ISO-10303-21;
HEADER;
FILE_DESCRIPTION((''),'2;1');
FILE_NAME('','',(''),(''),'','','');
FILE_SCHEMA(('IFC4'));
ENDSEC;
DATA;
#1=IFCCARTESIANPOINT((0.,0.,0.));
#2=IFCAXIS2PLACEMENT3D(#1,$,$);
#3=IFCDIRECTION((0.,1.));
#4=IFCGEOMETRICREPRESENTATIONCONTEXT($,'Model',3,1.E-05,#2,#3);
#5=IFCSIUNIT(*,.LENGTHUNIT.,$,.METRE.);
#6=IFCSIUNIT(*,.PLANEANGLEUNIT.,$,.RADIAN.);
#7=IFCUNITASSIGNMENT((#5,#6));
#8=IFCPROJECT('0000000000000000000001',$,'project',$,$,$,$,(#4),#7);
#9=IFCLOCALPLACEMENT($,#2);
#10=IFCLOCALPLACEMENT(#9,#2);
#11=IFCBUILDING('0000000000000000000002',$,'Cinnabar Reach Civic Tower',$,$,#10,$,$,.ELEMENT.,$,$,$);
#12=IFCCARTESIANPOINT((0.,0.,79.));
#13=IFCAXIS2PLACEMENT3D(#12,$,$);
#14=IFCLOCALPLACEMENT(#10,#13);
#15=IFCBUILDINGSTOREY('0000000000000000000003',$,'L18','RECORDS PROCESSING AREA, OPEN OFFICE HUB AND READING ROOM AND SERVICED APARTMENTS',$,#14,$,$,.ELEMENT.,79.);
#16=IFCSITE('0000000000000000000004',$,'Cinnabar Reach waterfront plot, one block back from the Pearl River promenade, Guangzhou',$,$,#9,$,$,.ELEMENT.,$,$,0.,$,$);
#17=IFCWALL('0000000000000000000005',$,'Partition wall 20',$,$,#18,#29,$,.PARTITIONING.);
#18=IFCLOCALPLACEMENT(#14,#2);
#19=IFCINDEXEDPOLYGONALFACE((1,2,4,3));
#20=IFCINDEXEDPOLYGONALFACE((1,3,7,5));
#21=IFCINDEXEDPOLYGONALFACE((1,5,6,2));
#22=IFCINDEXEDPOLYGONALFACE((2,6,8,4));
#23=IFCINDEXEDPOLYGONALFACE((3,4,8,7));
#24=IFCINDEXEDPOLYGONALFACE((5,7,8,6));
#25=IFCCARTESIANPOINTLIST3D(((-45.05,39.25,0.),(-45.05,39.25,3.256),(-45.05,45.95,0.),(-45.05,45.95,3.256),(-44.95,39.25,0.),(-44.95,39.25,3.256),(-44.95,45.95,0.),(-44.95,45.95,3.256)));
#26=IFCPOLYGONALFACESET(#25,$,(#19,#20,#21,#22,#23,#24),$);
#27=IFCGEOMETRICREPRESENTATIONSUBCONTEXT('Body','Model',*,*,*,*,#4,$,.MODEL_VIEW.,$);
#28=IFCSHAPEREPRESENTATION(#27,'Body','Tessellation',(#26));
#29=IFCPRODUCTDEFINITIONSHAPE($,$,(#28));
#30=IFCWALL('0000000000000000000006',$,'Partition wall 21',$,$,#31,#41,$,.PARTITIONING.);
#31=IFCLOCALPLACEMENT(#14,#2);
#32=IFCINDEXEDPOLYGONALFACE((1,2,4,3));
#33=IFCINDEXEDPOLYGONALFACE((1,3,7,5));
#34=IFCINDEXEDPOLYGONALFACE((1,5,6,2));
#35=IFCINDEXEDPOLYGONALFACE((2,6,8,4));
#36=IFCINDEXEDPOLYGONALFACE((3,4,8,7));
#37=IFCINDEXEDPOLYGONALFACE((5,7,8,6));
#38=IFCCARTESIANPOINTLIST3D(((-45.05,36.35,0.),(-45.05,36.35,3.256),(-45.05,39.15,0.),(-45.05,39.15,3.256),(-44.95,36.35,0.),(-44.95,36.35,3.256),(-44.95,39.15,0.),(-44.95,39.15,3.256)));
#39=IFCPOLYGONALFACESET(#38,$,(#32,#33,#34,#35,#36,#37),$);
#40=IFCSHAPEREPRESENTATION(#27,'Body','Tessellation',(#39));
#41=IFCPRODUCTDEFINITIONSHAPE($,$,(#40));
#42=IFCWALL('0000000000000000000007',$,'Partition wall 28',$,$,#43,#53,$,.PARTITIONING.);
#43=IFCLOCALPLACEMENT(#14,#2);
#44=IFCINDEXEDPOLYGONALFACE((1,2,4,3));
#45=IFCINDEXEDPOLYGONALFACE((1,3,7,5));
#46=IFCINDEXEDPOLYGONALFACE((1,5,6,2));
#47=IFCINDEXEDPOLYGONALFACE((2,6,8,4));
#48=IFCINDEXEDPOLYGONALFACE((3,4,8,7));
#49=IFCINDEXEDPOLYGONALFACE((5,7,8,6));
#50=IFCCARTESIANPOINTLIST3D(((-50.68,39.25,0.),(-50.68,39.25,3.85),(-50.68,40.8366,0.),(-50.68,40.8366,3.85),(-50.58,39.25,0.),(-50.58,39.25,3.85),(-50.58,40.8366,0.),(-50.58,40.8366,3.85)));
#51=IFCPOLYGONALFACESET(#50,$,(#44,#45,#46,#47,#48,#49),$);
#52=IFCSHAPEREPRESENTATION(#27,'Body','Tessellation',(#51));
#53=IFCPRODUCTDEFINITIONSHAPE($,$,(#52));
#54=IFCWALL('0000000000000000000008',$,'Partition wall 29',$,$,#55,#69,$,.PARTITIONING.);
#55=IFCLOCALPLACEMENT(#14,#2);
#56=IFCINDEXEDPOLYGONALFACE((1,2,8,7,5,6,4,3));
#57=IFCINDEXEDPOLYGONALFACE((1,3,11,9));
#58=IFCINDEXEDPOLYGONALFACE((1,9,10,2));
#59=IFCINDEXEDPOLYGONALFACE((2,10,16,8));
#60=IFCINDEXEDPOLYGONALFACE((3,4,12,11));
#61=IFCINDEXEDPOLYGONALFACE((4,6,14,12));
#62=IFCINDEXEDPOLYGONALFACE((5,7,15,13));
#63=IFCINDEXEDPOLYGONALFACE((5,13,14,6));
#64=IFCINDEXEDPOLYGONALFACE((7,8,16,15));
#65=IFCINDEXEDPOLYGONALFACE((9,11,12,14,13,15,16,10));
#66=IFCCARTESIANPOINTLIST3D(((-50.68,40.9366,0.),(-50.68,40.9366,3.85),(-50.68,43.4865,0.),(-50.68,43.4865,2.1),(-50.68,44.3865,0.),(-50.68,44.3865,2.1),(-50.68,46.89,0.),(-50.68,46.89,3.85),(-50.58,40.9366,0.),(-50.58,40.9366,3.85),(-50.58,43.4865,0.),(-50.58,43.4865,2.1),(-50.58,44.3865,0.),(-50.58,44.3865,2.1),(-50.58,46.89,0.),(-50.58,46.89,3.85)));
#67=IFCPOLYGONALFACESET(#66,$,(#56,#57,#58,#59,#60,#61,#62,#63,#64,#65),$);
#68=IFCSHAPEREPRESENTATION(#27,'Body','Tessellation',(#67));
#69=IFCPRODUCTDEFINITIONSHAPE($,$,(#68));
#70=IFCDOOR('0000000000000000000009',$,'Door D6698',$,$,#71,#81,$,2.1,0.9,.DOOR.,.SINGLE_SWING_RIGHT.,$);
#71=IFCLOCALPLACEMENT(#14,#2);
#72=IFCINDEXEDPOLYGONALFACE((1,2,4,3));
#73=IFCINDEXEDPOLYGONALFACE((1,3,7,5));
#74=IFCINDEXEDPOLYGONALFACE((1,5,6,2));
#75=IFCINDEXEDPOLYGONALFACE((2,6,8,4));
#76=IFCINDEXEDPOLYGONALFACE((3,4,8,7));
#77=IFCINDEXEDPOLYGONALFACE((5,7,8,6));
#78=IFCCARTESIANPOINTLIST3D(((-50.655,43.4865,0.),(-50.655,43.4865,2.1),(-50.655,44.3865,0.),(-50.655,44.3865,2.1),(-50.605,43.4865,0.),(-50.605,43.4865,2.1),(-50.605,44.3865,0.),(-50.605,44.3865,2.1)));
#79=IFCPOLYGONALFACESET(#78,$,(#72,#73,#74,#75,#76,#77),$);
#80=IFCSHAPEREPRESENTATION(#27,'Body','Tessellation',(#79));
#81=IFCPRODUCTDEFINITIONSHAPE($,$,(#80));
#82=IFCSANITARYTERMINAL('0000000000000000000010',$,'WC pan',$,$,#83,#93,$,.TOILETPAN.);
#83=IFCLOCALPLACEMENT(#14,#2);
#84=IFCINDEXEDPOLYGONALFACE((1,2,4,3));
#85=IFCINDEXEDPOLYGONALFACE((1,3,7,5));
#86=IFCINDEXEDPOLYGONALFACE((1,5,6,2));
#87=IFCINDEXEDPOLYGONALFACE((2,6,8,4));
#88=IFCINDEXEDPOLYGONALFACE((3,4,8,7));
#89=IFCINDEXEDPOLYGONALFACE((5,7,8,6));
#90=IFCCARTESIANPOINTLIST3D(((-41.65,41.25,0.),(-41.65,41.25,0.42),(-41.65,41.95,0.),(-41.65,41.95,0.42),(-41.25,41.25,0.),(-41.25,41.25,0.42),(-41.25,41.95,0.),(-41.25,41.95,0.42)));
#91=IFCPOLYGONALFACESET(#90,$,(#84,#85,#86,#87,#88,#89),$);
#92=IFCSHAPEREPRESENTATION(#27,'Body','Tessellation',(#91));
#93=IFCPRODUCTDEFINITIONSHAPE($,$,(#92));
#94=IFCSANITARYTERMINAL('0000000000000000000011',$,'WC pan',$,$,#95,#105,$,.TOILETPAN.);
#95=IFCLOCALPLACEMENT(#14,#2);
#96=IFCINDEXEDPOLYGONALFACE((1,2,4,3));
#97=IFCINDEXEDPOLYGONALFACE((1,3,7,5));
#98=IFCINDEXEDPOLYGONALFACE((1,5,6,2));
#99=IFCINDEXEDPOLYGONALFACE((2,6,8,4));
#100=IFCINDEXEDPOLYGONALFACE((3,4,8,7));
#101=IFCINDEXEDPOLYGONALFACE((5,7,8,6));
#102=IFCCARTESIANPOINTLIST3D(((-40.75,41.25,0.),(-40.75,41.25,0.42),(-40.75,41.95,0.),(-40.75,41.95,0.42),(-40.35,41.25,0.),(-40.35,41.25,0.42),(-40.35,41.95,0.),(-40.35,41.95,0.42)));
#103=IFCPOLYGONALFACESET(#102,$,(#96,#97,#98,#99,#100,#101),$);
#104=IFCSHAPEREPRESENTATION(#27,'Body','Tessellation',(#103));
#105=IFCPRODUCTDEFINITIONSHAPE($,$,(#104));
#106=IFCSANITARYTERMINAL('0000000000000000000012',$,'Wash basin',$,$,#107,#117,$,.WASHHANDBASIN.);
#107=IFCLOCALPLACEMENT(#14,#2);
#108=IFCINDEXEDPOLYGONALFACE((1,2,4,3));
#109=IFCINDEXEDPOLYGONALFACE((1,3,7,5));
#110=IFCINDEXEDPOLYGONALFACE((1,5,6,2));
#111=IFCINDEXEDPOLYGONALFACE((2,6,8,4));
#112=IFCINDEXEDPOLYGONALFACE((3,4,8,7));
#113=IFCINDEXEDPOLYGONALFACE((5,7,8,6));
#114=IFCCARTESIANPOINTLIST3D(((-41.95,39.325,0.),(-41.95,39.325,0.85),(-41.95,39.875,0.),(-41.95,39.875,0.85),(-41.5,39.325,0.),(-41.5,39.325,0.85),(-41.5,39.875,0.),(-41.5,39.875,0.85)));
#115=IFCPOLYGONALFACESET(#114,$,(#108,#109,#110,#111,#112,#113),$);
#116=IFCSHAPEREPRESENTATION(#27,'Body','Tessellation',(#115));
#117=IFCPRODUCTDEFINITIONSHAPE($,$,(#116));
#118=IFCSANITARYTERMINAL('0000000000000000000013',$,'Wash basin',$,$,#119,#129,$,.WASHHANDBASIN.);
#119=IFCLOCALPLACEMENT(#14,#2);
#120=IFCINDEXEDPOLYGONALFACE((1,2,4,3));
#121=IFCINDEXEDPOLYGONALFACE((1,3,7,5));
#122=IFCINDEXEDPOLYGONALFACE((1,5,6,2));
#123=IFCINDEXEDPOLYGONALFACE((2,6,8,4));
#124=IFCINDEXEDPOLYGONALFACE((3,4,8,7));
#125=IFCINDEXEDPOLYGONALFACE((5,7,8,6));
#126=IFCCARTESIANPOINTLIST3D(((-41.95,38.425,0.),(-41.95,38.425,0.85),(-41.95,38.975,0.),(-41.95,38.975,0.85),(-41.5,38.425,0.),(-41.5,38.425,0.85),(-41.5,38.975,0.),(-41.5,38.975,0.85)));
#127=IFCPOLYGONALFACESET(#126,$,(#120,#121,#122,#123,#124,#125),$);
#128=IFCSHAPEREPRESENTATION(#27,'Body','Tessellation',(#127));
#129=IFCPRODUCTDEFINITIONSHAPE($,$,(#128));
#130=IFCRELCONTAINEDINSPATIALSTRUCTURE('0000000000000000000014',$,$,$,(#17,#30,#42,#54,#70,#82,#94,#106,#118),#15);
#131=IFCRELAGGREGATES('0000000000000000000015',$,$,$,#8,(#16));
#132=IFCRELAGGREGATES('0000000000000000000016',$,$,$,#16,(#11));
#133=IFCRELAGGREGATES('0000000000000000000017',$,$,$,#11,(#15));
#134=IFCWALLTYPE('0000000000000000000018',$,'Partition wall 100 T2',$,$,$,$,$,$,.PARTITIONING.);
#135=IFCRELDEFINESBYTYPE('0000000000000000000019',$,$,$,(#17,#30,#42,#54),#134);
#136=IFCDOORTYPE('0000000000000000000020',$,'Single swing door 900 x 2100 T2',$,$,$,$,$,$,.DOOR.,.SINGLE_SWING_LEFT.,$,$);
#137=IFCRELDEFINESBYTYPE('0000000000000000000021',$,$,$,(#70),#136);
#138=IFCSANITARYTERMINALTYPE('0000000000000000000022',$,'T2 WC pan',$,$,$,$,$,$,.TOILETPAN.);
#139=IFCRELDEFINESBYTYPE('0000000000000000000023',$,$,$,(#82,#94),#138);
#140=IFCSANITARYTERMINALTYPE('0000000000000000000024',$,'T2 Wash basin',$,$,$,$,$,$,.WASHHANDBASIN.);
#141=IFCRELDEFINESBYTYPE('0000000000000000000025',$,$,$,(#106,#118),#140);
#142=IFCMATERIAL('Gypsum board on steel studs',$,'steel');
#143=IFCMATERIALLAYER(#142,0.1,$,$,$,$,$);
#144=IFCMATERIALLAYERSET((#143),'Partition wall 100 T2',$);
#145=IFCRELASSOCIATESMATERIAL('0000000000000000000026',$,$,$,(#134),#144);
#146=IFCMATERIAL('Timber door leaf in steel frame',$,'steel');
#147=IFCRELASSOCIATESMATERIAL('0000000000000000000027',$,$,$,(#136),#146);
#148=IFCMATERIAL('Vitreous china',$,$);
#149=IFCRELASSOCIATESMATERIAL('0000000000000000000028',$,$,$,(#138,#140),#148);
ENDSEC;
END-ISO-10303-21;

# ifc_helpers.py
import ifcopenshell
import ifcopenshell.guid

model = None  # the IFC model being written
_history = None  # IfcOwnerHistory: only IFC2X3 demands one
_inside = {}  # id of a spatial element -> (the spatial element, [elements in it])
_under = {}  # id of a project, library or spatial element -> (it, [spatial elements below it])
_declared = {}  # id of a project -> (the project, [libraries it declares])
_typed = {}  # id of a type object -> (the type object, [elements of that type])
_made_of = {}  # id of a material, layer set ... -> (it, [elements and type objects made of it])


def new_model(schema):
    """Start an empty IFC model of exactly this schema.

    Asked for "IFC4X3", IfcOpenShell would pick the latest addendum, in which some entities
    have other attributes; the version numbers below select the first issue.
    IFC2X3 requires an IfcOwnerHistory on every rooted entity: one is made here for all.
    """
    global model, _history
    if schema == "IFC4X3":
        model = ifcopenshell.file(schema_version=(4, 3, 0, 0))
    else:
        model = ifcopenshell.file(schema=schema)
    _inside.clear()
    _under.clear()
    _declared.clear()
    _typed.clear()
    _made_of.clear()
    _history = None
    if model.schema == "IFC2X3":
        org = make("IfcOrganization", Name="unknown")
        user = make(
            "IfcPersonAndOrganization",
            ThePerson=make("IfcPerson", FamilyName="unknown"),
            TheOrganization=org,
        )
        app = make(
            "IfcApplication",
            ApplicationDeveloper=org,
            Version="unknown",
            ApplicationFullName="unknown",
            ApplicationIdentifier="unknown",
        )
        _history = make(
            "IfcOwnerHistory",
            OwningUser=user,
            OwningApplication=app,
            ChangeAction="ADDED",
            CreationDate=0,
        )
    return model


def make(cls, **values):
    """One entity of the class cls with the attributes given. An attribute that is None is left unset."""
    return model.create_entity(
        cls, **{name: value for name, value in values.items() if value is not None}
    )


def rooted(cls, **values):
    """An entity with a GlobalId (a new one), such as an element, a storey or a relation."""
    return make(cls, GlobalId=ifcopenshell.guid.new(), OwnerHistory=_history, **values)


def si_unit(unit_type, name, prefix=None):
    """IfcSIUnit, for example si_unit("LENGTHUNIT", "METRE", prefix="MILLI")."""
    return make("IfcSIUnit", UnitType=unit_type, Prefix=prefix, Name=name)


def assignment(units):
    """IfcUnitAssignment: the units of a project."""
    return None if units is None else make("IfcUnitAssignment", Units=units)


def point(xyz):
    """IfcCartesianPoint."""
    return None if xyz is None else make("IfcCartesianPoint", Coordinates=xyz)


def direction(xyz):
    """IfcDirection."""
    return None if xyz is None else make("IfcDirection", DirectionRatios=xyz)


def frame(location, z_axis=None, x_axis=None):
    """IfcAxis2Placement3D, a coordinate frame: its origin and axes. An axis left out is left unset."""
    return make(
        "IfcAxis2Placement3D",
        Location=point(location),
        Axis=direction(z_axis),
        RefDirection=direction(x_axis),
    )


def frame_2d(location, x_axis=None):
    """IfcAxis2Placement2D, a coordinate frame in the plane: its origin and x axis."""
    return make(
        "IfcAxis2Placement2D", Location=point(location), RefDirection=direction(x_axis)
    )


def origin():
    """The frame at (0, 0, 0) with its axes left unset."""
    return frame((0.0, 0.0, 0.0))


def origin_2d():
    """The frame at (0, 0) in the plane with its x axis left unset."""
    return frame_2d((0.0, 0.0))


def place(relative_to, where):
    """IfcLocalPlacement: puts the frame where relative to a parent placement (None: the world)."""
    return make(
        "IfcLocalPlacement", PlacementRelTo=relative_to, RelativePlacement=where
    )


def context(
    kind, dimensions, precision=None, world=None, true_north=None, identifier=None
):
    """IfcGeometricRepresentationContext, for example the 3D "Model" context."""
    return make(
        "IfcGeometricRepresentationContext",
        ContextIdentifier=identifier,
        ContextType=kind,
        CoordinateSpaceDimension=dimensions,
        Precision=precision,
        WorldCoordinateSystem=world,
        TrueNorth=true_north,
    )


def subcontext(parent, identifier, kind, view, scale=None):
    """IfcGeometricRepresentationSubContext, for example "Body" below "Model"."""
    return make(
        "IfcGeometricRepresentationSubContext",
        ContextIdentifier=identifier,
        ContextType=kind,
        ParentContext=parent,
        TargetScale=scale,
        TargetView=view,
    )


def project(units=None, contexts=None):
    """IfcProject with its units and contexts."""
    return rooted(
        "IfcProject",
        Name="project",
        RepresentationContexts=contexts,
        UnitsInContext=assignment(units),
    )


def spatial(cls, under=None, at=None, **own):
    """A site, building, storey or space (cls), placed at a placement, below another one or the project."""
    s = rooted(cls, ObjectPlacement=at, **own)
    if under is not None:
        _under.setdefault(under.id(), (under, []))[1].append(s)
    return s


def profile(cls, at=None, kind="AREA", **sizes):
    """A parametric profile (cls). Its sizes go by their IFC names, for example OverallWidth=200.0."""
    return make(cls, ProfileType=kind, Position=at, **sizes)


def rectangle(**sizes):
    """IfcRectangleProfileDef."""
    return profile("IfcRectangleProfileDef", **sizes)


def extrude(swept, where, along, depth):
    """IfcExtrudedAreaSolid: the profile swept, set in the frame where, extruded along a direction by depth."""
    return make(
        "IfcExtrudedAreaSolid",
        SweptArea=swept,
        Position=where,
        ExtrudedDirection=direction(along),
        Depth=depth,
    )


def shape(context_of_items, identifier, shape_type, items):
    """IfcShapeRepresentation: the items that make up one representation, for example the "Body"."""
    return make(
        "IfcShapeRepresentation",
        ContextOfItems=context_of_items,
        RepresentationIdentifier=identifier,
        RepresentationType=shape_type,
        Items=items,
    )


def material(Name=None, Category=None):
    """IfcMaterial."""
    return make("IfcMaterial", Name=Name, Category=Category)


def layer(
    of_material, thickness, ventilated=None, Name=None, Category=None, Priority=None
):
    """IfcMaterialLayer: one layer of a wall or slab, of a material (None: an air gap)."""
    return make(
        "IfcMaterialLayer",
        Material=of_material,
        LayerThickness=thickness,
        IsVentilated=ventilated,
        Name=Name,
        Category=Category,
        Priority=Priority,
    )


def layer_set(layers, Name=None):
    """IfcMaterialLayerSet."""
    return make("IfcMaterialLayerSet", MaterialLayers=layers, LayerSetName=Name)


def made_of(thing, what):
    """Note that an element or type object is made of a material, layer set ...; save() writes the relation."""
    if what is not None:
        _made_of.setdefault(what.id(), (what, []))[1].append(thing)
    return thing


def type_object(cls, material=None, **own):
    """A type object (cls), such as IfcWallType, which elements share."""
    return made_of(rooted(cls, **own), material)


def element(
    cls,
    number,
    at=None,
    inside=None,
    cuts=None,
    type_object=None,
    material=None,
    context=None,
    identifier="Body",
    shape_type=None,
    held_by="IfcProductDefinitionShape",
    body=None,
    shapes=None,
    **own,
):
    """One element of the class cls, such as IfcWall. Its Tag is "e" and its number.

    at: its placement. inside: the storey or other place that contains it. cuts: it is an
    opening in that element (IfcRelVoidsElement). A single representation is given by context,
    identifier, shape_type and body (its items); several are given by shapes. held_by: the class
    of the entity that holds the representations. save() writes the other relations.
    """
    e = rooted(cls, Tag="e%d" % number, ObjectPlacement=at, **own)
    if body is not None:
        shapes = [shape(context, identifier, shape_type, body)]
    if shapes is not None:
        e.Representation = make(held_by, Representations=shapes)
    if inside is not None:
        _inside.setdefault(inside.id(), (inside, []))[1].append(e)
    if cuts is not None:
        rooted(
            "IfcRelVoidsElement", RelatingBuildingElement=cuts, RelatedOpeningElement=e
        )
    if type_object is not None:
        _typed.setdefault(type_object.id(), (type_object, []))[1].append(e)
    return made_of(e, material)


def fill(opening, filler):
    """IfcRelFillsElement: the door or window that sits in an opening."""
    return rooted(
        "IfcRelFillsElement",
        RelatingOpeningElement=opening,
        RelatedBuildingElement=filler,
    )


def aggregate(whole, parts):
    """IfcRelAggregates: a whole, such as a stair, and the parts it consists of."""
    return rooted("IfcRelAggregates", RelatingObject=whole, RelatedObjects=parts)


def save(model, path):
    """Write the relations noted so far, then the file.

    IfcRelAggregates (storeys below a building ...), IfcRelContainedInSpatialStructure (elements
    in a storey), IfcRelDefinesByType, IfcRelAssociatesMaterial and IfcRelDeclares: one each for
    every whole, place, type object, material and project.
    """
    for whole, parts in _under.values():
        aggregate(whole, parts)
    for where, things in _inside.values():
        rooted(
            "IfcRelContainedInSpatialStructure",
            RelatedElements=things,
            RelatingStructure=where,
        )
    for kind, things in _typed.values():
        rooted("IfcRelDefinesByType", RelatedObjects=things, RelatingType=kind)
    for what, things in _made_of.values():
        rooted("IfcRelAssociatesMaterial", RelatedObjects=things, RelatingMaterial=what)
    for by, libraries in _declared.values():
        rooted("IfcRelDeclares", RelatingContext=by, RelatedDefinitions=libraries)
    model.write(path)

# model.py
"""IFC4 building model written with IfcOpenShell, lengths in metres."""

from ifc_helpers import new_model, si_unit, direction, frame, frame_2d, origin, origin_2d, place, context, subcontext, project, spatial, rectangle, extrude, material, layer, layer_set, type_object, element, fill, save


model = new_model("IFC4")

# Units and contexts
model_context = context("Model", 3, precision=1e-05, world=origin(), true_north=direction((0.0, 1.0)))
body_context = subcontext(model_context, "Body", "Model", "MODEL_VIEW")
ifc_project = project(units=[si_unit("LENGTHUNIT", "METRE"), si_unit("PLANEANGLEUNIT", "RADIAN")], contexts=[model_context])

# Site, building, storey
site_placement = place(None, origin())
site = spatial("IfcSite", under=ifc_project, at=site_placement, Name="Cinnabar Reach waterfront plot, one block back from the Pearl River promenade, Guangzhou", CompositionType="ELEMENT", RefElevation=0.0)
building_placement = place(site_placement, origin())
building = spatial("IfcBuilding", under=site, at=building_placement, Name="Cinnabar Reach Civic Tower", CompositionType="ELEMENT")
storey_placement = place(building_placement, frame((0.0, 0.0, 79.0)))
storey = spatial("IfcBuildingStorey", under=building, at=storey_placement, Name="L18", Description="RECORDS PROCESSING AREA, OPEN OFFICE HUB AND READING ROOM AND SERVICED APARTMENTS", CompositionType="ELEMENT", Elevation=79.0)

# Walls
ifc_material_1 = material(Name="Gypsum board on steel studs", Category="steel")
ifc_layer_1 = layer(ifc_material_1, 0.1)
ifc_layer_set_1 = layer_set([ifc_layer_1], Name="Partition wall 100 T2")
wall_type_1 = type_object("IfcWallType", Name="Partition wall 100 T2", PredefinedType="PARTITIONING", material=ifc_layer_set_1)
wall_1_placement = place(storey_placement, frame((-45.0, 39.25, 0.0), z_axis=(0.0, 0.0, 1.0), x_axis=(0.0, 1.0, 0.0)))
element("IfcWall", 1, at=wall_1_placement, inside=storey, type_object=wall_type_1, Name="Partition wall 20", PredefinedType="PARTITIONING", context=body_context, shape_type="SweptSolid", body=[
    extrude(rectangle(XDim=6.7, YDim=0.1, at=frame_2d((3.35, 0.0))), origin(), (0.0, 0.0, 1.0), 3.256),
])
wall_2_placement = place(storey_placement, frame((-45.0, 36.35, 0.0), z_axis=(0.0, 0.0, 1.0), x_axis=(0.0, 1.0, 0.0)))
element("IfcWall", 2, at=wall_2_placement, inside=storey, type_object=wall_type_1, Name="Partition wall 21", PredefinedType="PARTITIONING", context=body_context, shape_type="SweptSolid", body=[
    extrude(rectangle(XDim=2.8, YDim=0.1, at=frame_2d((1.4, 0.0))), origin(), (0.0, 0.0, 1.0), 3.256),
])
wall_3_placement = place(storey_placement, frame((-50.63, 39.25, 0.0), z_axis=(0.0, 0.0, 1.0), x_axis=(0.0, 1.0, 0.0)))
element("IfcWall", 3, at=wall_3_placement, inside=storey, type_object=wall_type_1, Name="Partition wall 28", PredefinedType="PARTITIONING", context=body_context, shape_type="SweptSolid", body=[
    extrude(rectangle(XDim=1.5865, YDim=0.1, at=frame_2d((0.7933, 0.0))), origin(), (0.0, 0.0, 1.0), 3.85),
])

# Wall, opening, door
wall_4_placement = place(storey_placement, frame((-50.63, 40.9365, 0.0), z_axis=(0.0, 0.0, 1.0), x_axis=(0.0, 1.0, 0.0)))
wall_4 = element("IfcWall", 4, at=wall_4_placement, inside=storey, type_object=wall_type_1, Name="Partition wall 29", PredefinedType="PARTITIONING", context=body_context, shape_type="SweptSolid", body=[
    extrude(rectangle(XDim=5.9535, YDim=0.1, at=frame_2d((2.9768, 0.0))), origin(), (0.0, 0.0, 1.0), 3.85),
])
opening_1_placement = place(wall_4_placement, frame((2.55, 0.0, 0.0)))
opening_1 = element("IfcOpeningElement", 5, at=opening_1_placement, cuts=wall_4, PredefinedType="OPENING", context=body_context, shape_type="SweptSolid", body=[
    extrude(rectangle(XDim=0.9, YDim=2.1, at=frame_2d((0.45, 1.05))), frame((0.0, 0.06, 0.0), z_axis=(0.0, -1.0, 0.0), x_axis=(1.0, 0.0, 0.0)), (0.0, 0.0, 1.0), 0.12),
])
ifc_material_2 = material(Name="Timber door leaf in steel frame", Category="steel")
door_type_1 = type_object("IfcDoorType", Name="Single swing door 900 x 2100 T2", OperationType="SINGLE_SWING_LEFT", PredefinedType="DOOR", material=ifc_material_2)
door_1_placement = place(opening_1_placement, frame((0.9, 0.0, 0.0), z_axis=(0.0, 0.0, 1.0), x_axis=(-1.0, 0.0, 0.0)))
door_1 = element("IfcDoor", 6, at=door_1_placement, inside=storey, type_object=door_type_1, Name="Door D6698", OperationType="SINGLE_SWING_RIGHT", OverallHeight=2.1, OverallWidth=0.9, PredefinedType="DOOR", context=body_context, shape_type="SweptSolid", body=[
    extrude(rectangle(XDim=0.9, YDim=2.1, at=frame_2d((0.45, 1.05))), frame((0.0, 0.025, 0.0), z_axis=(0.0, -1.0, 0.0), x_axis=(1.0, 0.0, 0.0)), (0.0, 0.0, 1.0), 0.05),
])
fill(opening_1, door_1)

# Sanitary terminals
ifc_material_3 = material(Name="Vitreous china")
sanitary_terminal_type_1 = type_object("IfcSanitaryTerminalType", Name="T2 WC pan", PredefinedType="TOILETPAN", material=ifc_material_3)
for number, where, z_axis, x_axis, name in (
    (7, (-41.45, 41.6, 0.0), (0.0, 0.0, 1.0), (1.0, 0.0, 0.0), "WC pan"),
    (8, (-40.55, 41.6, 0.0), (0.0, 0.0, 1.0), (1.0, 0.0, 0.0), "WC pan"),
):
    element("IfcSanitaryTerminal", number, at=place(storey_placement, frame(where, z_axis=z_axis, x_axis=x_axis)), inside=storey, type_object=sanitary_terminal_type_1, Name=name, PredefinedType="TOILETPAN", context=body_context, shape_type="SweptSolid", body=[
        extrude(rectangle(XDim=0.4, YDim=0.7, at=origin_2d()), origin(), (0.0, 0.0, 1.0), 0.42),
    ])
sanitary_terminal_type_2 = type_object("IfcSanitaryTerminalType", Name="T2 Wash basin", PredefinedType="WASHHANDBASIN", material=ifc_material_3)
for number, where, z_axis, x_axis, name in (
    (9, (-41.725, 39.6, 0.0), (0.0, 0.0, 1.0), (1.0, 0.0, 0.0), "Wash basin"),
    (10, (-41.725, 38.7, 0.0), (0.0, 0.0, 1.0), (1.0, 0.0, 0.0), "Wash basin"),
):
    element("IfcSanitaryTerminal", number, at=place(storey_placement, frame(where, z_axis=z_axis, x_axis=x_axis)), inside=storey, type_object=sanitary_terminal_type_2, Name=name, PredefinedType="WASHHANDBASIN", context=body_context, shape_type="SweptSolid", body=[
        extrude(rectangle(XDim=0.45, YDim=0.55, at=origin_2d()), origin(), (0.0, 0.0, 1.0), 0.85),
    ])

save(model, "model.ifc")
